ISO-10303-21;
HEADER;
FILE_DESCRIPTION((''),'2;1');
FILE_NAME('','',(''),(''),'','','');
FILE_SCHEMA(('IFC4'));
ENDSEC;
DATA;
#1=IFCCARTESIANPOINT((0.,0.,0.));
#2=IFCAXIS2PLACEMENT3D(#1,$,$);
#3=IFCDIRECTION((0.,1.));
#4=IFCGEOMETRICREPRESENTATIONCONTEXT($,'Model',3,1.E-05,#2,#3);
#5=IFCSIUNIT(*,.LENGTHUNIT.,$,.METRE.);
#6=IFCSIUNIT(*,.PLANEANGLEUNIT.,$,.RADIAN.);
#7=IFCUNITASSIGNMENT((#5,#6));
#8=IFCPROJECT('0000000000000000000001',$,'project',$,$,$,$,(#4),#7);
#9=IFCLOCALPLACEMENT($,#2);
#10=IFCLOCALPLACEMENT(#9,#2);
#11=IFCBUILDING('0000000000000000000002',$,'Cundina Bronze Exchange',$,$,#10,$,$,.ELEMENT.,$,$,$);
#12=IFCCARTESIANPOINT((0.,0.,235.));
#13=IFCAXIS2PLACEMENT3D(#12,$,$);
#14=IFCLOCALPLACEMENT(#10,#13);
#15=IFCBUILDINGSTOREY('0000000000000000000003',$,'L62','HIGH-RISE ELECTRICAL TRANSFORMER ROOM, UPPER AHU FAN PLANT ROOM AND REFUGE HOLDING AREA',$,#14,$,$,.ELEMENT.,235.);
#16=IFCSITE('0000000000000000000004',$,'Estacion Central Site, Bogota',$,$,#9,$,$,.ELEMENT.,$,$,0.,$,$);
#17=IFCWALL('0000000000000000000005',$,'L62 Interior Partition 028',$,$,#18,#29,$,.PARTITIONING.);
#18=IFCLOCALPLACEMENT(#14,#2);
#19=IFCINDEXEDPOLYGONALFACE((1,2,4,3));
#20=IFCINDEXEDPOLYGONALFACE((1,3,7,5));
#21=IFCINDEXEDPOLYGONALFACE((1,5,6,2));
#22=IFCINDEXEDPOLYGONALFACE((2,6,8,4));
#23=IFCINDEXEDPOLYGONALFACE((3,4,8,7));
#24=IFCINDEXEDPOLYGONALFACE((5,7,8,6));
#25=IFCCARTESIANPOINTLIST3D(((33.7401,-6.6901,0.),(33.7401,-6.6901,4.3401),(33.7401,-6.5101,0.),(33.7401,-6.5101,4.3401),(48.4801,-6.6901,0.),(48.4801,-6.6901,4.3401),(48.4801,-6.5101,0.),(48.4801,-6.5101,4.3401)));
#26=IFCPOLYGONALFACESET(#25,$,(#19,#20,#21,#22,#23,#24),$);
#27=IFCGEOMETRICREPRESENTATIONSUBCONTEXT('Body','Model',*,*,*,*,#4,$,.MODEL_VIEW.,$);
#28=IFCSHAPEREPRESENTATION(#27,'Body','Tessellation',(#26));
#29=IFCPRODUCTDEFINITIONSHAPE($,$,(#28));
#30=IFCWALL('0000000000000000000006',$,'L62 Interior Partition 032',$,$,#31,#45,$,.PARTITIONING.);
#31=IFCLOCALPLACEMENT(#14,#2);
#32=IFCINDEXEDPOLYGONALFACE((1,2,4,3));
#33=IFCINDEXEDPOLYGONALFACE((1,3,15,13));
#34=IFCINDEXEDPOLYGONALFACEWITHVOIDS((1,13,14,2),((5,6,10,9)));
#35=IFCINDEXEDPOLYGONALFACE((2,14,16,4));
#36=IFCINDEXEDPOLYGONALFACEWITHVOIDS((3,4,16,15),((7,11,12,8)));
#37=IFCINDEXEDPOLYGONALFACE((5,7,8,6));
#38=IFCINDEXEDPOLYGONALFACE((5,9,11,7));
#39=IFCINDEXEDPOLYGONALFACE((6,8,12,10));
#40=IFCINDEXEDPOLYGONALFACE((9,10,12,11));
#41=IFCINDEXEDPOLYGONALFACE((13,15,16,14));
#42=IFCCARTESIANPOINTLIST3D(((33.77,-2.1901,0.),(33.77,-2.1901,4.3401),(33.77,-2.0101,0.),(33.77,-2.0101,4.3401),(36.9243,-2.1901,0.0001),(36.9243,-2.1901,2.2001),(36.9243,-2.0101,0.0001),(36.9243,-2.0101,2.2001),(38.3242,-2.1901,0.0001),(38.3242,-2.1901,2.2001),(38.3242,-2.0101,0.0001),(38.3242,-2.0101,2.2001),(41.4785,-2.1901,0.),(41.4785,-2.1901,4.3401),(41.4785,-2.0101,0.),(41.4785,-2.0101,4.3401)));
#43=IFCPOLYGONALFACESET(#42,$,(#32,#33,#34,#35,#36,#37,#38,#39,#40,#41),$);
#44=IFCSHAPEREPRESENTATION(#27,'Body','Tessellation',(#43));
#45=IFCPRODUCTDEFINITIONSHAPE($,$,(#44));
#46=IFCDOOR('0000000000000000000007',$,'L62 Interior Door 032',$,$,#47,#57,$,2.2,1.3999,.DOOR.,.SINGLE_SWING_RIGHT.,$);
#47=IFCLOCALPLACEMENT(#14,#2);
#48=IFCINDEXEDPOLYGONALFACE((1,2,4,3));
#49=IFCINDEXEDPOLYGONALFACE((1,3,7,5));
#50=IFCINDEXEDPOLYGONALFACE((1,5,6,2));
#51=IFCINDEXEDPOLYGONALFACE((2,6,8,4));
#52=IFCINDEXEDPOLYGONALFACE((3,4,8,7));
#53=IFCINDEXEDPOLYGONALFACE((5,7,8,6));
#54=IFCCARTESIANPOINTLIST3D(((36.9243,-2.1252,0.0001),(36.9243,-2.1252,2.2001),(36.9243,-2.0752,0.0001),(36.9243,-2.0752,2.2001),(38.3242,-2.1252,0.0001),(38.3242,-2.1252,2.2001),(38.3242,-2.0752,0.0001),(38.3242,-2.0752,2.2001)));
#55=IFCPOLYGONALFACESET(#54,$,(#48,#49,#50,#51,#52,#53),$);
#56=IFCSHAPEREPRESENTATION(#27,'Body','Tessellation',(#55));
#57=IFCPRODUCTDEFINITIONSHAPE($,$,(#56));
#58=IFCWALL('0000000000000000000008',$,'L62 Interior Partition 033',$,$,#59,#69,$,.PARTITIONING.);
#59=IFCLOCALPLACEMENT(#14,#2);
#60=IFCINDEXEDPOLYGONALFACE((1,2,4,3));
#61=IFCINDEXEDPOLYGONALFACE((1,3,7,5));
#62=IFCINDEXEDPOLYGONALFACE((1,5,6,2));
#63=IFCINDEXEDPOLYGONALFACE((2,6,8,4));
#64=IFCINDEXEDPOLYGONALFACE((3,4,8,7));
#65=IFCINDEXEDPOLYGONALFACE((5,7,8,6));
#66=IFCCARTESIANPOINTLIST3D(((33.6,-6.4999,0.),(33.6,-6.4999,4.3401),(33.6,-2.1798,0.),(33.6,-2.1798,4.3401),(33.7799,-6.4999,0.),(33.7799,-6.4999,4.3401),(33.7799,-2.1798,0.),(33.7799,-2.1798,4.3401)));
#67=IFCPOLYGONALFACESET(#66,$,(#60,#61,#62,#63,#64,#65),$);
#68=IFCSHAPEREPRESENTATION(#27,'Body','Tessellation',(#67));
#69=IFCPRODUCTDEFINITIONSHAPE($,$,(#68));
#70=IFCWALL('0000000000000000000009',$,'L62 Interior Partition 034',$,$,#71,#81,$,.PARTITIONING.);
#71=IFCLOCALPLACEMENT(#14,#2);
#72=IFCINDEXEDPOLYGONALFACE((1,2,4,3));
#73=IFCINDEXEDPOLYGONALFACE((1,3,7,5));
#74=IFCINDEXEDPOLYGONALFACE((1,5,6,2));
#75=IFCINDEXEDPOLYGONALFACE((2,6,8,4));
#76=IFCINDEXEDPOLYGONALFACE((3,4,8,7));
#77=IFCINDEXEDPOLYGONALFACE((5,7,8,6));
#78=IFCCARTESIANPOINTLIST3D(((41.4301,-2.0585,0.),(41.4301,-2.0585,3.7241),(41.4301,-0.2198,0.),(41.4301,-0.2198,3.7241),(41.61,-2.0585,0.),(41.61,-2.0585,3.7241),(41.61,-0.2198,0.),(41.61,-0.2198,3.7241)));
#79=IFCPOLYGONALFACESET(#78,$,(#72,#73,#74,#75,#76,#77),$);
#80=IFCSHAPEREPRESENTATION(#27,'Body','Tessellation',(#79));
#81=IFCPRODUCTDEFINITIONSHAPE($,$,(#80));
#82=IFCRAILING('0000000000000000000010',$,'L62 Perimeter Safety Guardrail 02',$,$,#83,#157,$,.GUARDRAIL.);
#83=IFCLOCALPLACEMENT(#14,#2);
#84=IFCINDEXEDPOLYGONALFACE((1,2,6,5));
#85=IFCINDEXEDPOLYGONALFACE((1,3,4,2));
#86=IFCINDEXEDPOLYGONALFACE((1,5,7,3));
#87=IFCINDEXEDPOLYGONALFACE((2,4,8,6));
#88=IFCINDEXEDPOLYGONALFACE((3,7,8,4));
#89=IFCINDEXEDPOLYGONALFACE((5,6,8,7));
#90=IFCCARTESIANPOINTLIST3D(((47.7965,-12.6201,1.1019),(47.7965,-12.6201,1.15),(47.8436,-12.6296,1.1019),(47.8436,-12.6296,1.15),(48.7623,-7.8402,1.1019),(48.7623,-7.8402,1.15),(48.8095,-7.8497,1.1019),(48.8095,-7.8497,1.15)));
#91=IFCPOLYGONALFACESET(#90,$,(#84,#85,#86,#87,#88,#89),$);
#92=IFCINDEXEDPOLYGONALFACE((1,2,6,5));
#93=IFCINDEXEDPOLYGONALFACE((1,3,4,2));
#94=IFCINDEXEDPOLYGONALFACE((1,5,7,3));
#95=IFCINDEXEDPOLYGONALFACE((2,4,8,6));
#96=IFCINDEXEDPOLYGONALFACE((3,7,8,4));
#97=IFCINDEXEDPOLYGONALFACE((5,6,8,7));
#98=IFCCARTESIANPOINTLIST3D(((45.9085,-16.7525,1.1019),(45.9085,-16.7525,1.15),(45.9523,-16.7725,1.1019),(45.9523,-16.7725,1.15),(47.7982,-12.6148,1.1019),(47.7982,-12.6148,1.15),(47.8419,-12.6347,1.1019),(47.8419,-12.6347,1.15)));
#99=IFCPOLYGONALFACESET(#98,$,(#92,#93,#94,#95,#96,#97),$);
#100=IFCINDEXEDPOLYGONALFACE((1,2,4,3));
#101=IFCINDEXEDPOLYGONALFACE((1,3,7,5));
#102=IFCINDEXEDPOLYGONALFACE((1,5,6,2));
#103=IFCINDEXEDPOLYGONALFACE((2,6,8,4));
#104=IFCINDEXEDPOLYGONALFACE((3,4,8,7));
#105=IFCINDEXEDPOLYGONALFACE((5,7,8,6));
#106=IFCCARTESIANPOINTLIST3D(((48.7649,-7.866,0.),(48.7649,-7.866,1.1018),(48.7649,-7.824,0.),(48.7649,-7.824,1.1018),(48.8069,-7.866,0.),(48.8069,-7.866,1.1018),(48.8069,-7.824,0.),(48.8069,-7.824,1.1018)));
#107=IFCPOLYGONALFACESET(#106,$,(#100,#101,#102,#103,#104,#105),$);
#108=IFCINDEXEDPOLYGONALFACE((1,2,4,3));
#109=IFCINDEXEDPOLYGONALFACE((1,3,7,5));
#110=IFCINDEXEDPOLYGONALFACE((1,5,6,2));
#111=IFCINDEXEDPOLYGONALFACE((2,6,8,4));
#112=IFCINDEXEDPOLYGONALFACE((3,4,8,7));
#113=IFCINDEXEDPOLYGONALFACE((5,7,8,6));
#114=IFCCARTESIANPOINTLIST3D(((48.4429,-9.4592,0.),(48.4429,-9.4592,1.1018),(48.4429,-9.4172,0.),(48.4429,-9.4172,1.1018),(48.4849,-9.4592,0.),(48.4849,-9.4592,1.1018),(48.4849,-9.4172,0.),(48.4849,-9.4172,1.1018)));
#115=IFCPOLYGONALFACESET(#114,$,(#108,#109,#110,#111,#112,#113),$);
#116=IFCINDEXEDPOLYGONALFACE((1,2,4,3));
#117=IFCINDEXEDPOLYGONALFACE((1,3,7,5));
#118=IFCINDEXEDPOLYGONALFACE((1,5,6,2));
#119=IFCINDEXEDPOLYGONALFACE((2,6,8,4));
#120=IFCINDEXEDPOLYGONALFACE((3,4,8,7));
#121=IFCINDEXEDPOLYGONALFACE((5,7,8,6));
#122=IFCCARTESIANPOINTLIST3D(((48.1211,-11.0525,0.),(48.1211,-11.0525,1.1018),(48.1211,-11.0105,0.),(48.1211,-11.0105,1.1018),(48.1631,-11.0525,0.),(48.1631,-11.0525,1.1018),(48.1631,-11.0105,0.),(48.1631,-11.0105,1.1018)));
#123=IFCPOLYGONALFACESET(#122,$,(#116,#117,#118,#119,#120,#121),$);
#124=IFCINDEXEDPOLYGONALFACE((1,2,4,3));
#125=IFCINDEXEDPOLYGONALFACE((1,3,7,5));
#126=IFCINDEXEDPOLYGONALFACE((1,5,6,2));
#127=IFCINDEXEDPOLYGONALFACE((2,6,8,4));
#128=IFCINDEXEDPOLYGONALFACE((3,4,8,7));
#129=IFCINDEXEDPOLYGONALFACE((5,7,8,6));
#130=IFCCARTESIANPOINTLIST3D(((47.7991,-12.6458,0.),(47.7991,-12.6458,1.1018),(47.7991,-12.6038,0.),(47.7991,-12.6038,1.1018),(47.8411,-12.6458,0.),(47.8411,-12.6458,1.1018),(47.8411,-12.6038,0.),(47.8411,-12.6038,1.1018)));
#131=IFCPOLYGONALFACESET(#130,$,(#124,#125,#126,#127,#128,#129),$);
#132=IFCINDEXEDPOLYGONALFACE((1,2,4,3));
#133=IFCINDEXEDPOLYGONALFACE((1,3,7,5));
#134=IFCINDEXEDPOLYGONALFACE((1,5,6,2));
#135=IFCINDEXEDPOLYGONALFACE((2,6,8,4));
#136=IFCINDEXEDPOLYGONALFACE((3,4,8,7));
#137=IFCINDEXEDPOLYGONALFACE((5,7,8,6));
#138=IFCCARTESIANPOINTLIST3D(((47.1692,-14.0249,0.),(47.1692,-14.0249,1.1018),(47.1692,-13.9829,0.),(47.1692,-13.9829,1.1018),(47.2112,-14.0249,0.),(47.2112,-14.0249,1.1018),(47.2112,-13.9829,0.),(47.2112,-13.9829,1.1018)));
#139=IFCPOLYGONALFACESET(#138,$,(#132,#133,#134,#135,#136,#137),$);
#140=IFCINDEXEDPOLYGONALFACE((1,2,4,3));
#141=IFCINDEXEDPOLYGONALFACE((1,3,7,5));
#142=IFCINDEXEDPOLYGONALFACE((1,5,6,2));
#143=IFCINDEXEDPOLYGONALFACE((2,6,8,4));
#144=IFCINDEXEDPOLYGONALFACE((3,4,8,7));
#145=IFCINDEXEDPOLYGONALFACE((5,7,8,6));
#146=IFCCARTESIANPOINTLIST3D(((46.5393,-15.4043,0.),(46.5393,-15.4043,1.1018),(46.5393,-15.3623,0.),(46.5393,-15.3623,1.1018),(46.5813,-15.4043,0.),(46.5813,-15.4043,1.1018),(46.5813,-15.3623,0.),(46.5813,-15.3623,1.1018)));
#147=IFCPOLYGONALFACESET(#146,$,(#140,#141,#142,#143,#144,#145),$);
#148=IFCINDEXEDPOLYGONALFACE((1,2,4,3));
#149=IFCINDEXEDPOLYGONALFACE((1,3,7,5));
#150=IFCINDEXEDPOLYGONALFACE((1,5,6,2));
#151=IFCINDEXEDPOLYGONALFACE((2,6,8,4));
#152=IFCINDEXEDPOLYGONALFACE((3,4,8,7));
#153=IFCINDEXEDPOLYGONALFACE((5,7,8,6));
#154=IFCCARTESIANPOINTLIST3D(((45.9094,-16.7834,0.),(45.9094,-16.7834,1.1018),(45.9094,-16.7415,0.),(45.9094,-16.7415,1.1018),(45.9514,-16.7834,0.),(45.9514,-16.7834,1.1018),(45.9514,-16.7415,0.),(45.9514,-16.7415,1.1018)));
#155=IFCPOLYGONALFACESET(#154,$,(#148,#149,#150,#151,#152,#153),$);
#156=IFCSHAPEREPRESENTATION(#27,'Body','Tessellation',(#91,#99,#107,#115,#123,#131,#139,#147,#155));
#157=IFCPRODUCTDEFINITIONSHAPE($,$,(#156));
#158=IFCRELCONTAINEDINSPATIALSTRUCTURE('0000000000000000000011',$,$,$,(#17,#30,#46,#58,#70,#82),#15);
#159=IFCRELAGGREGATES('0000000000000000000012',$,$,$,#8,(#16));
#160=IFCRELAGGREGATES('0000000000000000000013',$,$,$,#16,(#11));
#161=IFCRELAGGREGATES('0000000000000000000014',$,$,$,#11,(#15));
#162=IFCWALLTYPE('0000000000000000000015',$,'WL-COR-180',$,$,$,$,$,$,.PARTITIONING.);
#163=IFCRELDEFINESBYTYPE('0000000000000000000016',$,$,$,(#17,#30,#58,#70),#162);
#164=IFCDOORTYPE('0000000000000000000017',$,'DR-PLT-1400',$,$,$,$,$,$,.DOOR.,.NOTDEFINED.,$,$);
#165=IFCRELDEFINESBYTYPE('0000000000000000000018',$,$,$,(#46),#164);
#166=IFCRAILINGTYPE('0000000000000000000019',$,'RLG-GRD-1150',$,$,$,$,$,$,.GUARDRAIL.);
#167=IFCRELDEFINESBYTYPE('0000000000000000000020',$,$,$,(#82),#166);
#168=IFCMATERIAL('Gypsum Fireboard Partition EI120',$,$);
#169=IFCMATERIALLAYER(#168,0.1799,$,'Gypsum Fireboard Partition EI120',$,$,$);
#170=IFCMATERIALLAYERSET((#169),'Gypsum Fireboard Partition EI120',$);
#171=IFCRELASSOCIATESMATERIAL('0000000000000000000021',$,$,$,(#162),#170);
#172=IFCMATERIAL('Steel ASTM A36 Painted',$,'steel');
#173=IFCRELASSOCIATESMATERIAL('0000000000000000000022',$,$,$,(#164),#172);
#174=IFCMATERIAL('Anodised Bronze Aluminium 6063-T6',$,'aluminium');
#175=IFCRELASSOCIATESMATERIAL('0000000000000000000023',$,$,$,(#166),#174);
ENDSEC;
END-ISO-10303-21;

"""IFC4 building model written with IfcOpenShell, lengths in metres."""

from ifc_helpers import new_model, si_unit, direction, frame, frame_2d, origin, origin_2d, place, context, subcontext, project, spatial, rectangle, extrude, material, layer, layer_set, type_object, element, fill, save


model = new_model("IFC4")

# Units and contexts
model_context = context("Model", 3, precision=1e-05, world=origin(), true_north=direction((0.0, 1.0)))
body_context = subcontext(model_context, "Body", "Model", "MODEL_VIEW")
ifc_project = project(units=[si_unit("LENGTHUNIT", "METRE"), si_unit("PLANEANGLEUNIT", "RADIAN")], contexts=[model_context])

# Site, building, storey
site_placement = place(None, origin())
site = spatial("IfcSite", under=ifc_project, at=site_placement, Name="Estacion Central Site, Bogota", CompositionType="ELEMENT", RefElevation=0.0)
building_placement = place(site_placement, origin())
building = spatial("IfcBuilding", under=site, at=building_placement, Name="Cundina Bronze Exchange", CompositionType="ELEMENT")
storey_placement = place(building_placement, frame((0.0, 0.0, 235.0)))
storey = spatial("IfcBuildingStorey", under=building, at=storey_placement, Name="L62", Description="HIGH-RISE ELECTRICAL TRANSFORMER ROOM, UPPER AHU FAN PLANT ROOM AND REFUGE HOLDING AREA", CompositionType="ELEMENT", Elevation=235.0)

# Wall
ifc_material_1 = material(Name="Gypsum Fireboard Partition EI120")
ifc_layer_1 = layer(ifc_material_1, 0.1799, Name="Gypsum Fireboard Partition EI120")
ifc_layer_set_1 = layer_set([ifc_layer_1], Name="Gypsum Fireboard Partition EI120")
wall_type = type_object("IfcWallType", Name="WL-COR-180", PredefinedType="PARTITIONING", material=ifc_layer_set_1)
wall_1_placement = place(storey_placement, frame((33.74, -6.6001, 0.0), z_axis=(0.0, 0.0, 1.0), x_axis=(1.0, 0.0, 0.0)))
element("IfcWall", 1, at=wall_1_placement, inside=storey, type_object=wall_type, Name="L62 Interior Partition 028", PredefinedType="PARTITIONING", context=body_context, shape_type="SweptSolid", body=[
    extrude(rectangle(XDim=14.74, YDim=0.1799, at=frame_2d((7.3701, 0.0))), origin(), (0.0, 0.0, 1.0), 4.3401),
])

# Wall, opening, door
wall_2_placement = place(storey_placement, frame((33.77, -2.1001, 0.0), z_axis=(0.0, 0.0, 1.0), x_axis=(1.0, 0.0, 0.0)))
wall_2 = element("IfcWall", 2, at=wall_2_placement, inside=storey, type_object=wall_type, Name="L62 Interior Partition 032", PredefinedType="PARTITIONING", context=body_context, shape_type="SweptSolid", body=[
    extrude(rectangle(XDim=7.7085, YDim=0.1799, at=frame_2d((3.8542, 0.0))), origin(), (0.0, 0.0, 1.0), 4.3401),
])
opening_placement = place(wall_2_placement, frame((3.1543, 0.0, 0.0)))
opening = element("IfcOpeningElement", 3, at=opening_placement, cuts=wall_2, PredefinedType="OPENING", context=body_context, shape_type="SweptSolid", body=[
    extrude(rectangle(XDim=1.3999, YDim=2.2, at=frame_2d((0.7, 1.1001))), frame((0.0, 0.0999, 0.0), z_axis=(0.0, -1.0, 0.0), x_axis=(1.0, 0.0, 0.0)), (0.0, 0.0, 1.0), 0.2),
])
ifc_material_2 = material(Name="Steel ASTM A36 Painted", Category="steel")
door_type = type_object("IfcDoorType", Name="DR-PLT-1400", OperationType="NOTDEFINED", PredefinedType="DOOR", material=ifc_material_2)
door_placement = place(opening_placement, origin())
door = element("IfcDoor", 4, at=door_placement, inside=storey, type_object=door_type, Name="L62 Interior Door 032", OperationType="SINGLE_SWING_RIGHT", OverallHeight=2.2, OverallWidth=1.3999, PredefinedType="DOOR", context=body_context, shape_type="SweptSolid", body=[
    extrude(rectangle(XDim=1.3999, YDim=2.2, at=frame_2d((0.7, 1.1001))), frame((0.0, 0.0249, 0.0), z_axis=(0.0, -1.0, 0.0), x_axis=(1.0, 0.0, 0.0)), (0.0, 0.0, 1.0), 0.05),
])
fill(opening, door)

# Walls
wall_3_placement = place(storey_placement, frame((33.6899, -6.5, 0.0), z_axis=(0.0, 0.0, 1.0), x_axis=(0.0, 1.0, 0.0)))
element("IfcWall", 5, at=wall_3_placement, inside=storey, type_object=wall_type, Name="L62 Interior Partition 033", PredefinedType="PARTITIONING", context=body_context, shape_type="SweptSolid", body=[
    extrude(rectangle(XDim=4.3201, YDim=0.1799, at=frame_2d((2.1602, 0.0))), origin(), (0.0, 0.0, 1.0), 4.3401),
])
wall_4_placement = place(storey_placement, frame((41.52, -2.0586, 0.0), z_axis=(0.0, 0.0, 1.0), x_axis=(0.0, 1.0, 0.0)))
element("IfcWall", 6, at=wall_4_placement, inside=storey, type_object=wall_type, Name="L62 Interior Partition 034", PredefinedType="PARTITIONING", context=body_context, shape_type="SweptSolid", body=[
    extrude(rectangle(XDim=1.8386, YDim=0.1799, at=frame_2d((0.9194, 0.0))), origin(), (0.0, 0.0, 1.0), 3.7241),
])

# Railing
ifc_material_3 = material(Name="Anodised Bronze Aluminium 6063-T6", Category="aluminium")
railing_type = type_object("IfcRailingType", Name="RLG-GRD-1150", PredefinedType="GUARDRAIL", material=ifc_material_3)
railing_placement = place(storey_placement, frame((48.7859, -7.845, 0.0)))
element("IfcRailing", 7, at=railing_placement, inside=storey, type_object=railing_type, Name="L62 Perimeter Safety Guardrail 02", PredefinedType="GUARDRAIL", context=body_context, shape_type="SweptSolid", body=[
    extrude(rectangle(XDim=0.0481, YDim=0.0481, at=origin_2d()), frame((0.0, 0.0, 1.126), z_axis=(-0.198061, -0.98019, 0.0), x_axis=(0.98019, -0.198061, 0.0)), (0.0, 0.0, 1.0), 4.8765),
    extrude(rectangle(XDim=0.0481, YDim=0.0481, at=origin_2d()), frame((-0.9658, -4.7798, 1.126), z_axis=(-0.41542, -0.90963, 0.0), x_axis=(0.90963, -0.41542, 0.0)), (0.0, 0.0, 1.0), 4.5488),
    extrude(rectangle(XDim=0.042, YDim=0.042, at=origin_2d()), origin(), (0.0, 0.0, 1.0), 1.1018),
    extrude(rectangle(XDim=0.042, YDim=0.042, at=origin_2d()), frame((-0.322, -1.5933, 0.0)), (0.0, 0.0, 1.0), 1.1018),
    extrude(rectangle(XDim=0.042, YDim=0.042, at=origin_2d()), frame((-0.6438, -3.1865, 0.0)), (0.0, 0.0, 1.0), 1.1018),
    extrude(rectangle(XDim=0.042, YDim=0.042, at=origin_2d()), frame((-0.9658, -4.7798, 0.0)), (0.0, 0.0, 1.0), 1.1018),
    extrude(rectangle(XDim=0.042, YDim=0.042, at=origin_2d()), frame((-1.5957, -6.1589, 0.0)), (0.0, 0.0, 1.0), 1.1018),
    extrude(rectangle(XDim=0.042, YDim=0.042, at=origin_2d()), frame((-2.2256, -7.5383, 0.0)), (0.0, 0.0, 1.0), 1.1018),
    extrude(rectangle(XDim=0.042, YDim=0.042, at=origin_2d()), frame((-2.8555, -8.9175, 0.0)), (0.0, 0.0, 1.0), 1.1018),
])

save(model, "model.ifc")
